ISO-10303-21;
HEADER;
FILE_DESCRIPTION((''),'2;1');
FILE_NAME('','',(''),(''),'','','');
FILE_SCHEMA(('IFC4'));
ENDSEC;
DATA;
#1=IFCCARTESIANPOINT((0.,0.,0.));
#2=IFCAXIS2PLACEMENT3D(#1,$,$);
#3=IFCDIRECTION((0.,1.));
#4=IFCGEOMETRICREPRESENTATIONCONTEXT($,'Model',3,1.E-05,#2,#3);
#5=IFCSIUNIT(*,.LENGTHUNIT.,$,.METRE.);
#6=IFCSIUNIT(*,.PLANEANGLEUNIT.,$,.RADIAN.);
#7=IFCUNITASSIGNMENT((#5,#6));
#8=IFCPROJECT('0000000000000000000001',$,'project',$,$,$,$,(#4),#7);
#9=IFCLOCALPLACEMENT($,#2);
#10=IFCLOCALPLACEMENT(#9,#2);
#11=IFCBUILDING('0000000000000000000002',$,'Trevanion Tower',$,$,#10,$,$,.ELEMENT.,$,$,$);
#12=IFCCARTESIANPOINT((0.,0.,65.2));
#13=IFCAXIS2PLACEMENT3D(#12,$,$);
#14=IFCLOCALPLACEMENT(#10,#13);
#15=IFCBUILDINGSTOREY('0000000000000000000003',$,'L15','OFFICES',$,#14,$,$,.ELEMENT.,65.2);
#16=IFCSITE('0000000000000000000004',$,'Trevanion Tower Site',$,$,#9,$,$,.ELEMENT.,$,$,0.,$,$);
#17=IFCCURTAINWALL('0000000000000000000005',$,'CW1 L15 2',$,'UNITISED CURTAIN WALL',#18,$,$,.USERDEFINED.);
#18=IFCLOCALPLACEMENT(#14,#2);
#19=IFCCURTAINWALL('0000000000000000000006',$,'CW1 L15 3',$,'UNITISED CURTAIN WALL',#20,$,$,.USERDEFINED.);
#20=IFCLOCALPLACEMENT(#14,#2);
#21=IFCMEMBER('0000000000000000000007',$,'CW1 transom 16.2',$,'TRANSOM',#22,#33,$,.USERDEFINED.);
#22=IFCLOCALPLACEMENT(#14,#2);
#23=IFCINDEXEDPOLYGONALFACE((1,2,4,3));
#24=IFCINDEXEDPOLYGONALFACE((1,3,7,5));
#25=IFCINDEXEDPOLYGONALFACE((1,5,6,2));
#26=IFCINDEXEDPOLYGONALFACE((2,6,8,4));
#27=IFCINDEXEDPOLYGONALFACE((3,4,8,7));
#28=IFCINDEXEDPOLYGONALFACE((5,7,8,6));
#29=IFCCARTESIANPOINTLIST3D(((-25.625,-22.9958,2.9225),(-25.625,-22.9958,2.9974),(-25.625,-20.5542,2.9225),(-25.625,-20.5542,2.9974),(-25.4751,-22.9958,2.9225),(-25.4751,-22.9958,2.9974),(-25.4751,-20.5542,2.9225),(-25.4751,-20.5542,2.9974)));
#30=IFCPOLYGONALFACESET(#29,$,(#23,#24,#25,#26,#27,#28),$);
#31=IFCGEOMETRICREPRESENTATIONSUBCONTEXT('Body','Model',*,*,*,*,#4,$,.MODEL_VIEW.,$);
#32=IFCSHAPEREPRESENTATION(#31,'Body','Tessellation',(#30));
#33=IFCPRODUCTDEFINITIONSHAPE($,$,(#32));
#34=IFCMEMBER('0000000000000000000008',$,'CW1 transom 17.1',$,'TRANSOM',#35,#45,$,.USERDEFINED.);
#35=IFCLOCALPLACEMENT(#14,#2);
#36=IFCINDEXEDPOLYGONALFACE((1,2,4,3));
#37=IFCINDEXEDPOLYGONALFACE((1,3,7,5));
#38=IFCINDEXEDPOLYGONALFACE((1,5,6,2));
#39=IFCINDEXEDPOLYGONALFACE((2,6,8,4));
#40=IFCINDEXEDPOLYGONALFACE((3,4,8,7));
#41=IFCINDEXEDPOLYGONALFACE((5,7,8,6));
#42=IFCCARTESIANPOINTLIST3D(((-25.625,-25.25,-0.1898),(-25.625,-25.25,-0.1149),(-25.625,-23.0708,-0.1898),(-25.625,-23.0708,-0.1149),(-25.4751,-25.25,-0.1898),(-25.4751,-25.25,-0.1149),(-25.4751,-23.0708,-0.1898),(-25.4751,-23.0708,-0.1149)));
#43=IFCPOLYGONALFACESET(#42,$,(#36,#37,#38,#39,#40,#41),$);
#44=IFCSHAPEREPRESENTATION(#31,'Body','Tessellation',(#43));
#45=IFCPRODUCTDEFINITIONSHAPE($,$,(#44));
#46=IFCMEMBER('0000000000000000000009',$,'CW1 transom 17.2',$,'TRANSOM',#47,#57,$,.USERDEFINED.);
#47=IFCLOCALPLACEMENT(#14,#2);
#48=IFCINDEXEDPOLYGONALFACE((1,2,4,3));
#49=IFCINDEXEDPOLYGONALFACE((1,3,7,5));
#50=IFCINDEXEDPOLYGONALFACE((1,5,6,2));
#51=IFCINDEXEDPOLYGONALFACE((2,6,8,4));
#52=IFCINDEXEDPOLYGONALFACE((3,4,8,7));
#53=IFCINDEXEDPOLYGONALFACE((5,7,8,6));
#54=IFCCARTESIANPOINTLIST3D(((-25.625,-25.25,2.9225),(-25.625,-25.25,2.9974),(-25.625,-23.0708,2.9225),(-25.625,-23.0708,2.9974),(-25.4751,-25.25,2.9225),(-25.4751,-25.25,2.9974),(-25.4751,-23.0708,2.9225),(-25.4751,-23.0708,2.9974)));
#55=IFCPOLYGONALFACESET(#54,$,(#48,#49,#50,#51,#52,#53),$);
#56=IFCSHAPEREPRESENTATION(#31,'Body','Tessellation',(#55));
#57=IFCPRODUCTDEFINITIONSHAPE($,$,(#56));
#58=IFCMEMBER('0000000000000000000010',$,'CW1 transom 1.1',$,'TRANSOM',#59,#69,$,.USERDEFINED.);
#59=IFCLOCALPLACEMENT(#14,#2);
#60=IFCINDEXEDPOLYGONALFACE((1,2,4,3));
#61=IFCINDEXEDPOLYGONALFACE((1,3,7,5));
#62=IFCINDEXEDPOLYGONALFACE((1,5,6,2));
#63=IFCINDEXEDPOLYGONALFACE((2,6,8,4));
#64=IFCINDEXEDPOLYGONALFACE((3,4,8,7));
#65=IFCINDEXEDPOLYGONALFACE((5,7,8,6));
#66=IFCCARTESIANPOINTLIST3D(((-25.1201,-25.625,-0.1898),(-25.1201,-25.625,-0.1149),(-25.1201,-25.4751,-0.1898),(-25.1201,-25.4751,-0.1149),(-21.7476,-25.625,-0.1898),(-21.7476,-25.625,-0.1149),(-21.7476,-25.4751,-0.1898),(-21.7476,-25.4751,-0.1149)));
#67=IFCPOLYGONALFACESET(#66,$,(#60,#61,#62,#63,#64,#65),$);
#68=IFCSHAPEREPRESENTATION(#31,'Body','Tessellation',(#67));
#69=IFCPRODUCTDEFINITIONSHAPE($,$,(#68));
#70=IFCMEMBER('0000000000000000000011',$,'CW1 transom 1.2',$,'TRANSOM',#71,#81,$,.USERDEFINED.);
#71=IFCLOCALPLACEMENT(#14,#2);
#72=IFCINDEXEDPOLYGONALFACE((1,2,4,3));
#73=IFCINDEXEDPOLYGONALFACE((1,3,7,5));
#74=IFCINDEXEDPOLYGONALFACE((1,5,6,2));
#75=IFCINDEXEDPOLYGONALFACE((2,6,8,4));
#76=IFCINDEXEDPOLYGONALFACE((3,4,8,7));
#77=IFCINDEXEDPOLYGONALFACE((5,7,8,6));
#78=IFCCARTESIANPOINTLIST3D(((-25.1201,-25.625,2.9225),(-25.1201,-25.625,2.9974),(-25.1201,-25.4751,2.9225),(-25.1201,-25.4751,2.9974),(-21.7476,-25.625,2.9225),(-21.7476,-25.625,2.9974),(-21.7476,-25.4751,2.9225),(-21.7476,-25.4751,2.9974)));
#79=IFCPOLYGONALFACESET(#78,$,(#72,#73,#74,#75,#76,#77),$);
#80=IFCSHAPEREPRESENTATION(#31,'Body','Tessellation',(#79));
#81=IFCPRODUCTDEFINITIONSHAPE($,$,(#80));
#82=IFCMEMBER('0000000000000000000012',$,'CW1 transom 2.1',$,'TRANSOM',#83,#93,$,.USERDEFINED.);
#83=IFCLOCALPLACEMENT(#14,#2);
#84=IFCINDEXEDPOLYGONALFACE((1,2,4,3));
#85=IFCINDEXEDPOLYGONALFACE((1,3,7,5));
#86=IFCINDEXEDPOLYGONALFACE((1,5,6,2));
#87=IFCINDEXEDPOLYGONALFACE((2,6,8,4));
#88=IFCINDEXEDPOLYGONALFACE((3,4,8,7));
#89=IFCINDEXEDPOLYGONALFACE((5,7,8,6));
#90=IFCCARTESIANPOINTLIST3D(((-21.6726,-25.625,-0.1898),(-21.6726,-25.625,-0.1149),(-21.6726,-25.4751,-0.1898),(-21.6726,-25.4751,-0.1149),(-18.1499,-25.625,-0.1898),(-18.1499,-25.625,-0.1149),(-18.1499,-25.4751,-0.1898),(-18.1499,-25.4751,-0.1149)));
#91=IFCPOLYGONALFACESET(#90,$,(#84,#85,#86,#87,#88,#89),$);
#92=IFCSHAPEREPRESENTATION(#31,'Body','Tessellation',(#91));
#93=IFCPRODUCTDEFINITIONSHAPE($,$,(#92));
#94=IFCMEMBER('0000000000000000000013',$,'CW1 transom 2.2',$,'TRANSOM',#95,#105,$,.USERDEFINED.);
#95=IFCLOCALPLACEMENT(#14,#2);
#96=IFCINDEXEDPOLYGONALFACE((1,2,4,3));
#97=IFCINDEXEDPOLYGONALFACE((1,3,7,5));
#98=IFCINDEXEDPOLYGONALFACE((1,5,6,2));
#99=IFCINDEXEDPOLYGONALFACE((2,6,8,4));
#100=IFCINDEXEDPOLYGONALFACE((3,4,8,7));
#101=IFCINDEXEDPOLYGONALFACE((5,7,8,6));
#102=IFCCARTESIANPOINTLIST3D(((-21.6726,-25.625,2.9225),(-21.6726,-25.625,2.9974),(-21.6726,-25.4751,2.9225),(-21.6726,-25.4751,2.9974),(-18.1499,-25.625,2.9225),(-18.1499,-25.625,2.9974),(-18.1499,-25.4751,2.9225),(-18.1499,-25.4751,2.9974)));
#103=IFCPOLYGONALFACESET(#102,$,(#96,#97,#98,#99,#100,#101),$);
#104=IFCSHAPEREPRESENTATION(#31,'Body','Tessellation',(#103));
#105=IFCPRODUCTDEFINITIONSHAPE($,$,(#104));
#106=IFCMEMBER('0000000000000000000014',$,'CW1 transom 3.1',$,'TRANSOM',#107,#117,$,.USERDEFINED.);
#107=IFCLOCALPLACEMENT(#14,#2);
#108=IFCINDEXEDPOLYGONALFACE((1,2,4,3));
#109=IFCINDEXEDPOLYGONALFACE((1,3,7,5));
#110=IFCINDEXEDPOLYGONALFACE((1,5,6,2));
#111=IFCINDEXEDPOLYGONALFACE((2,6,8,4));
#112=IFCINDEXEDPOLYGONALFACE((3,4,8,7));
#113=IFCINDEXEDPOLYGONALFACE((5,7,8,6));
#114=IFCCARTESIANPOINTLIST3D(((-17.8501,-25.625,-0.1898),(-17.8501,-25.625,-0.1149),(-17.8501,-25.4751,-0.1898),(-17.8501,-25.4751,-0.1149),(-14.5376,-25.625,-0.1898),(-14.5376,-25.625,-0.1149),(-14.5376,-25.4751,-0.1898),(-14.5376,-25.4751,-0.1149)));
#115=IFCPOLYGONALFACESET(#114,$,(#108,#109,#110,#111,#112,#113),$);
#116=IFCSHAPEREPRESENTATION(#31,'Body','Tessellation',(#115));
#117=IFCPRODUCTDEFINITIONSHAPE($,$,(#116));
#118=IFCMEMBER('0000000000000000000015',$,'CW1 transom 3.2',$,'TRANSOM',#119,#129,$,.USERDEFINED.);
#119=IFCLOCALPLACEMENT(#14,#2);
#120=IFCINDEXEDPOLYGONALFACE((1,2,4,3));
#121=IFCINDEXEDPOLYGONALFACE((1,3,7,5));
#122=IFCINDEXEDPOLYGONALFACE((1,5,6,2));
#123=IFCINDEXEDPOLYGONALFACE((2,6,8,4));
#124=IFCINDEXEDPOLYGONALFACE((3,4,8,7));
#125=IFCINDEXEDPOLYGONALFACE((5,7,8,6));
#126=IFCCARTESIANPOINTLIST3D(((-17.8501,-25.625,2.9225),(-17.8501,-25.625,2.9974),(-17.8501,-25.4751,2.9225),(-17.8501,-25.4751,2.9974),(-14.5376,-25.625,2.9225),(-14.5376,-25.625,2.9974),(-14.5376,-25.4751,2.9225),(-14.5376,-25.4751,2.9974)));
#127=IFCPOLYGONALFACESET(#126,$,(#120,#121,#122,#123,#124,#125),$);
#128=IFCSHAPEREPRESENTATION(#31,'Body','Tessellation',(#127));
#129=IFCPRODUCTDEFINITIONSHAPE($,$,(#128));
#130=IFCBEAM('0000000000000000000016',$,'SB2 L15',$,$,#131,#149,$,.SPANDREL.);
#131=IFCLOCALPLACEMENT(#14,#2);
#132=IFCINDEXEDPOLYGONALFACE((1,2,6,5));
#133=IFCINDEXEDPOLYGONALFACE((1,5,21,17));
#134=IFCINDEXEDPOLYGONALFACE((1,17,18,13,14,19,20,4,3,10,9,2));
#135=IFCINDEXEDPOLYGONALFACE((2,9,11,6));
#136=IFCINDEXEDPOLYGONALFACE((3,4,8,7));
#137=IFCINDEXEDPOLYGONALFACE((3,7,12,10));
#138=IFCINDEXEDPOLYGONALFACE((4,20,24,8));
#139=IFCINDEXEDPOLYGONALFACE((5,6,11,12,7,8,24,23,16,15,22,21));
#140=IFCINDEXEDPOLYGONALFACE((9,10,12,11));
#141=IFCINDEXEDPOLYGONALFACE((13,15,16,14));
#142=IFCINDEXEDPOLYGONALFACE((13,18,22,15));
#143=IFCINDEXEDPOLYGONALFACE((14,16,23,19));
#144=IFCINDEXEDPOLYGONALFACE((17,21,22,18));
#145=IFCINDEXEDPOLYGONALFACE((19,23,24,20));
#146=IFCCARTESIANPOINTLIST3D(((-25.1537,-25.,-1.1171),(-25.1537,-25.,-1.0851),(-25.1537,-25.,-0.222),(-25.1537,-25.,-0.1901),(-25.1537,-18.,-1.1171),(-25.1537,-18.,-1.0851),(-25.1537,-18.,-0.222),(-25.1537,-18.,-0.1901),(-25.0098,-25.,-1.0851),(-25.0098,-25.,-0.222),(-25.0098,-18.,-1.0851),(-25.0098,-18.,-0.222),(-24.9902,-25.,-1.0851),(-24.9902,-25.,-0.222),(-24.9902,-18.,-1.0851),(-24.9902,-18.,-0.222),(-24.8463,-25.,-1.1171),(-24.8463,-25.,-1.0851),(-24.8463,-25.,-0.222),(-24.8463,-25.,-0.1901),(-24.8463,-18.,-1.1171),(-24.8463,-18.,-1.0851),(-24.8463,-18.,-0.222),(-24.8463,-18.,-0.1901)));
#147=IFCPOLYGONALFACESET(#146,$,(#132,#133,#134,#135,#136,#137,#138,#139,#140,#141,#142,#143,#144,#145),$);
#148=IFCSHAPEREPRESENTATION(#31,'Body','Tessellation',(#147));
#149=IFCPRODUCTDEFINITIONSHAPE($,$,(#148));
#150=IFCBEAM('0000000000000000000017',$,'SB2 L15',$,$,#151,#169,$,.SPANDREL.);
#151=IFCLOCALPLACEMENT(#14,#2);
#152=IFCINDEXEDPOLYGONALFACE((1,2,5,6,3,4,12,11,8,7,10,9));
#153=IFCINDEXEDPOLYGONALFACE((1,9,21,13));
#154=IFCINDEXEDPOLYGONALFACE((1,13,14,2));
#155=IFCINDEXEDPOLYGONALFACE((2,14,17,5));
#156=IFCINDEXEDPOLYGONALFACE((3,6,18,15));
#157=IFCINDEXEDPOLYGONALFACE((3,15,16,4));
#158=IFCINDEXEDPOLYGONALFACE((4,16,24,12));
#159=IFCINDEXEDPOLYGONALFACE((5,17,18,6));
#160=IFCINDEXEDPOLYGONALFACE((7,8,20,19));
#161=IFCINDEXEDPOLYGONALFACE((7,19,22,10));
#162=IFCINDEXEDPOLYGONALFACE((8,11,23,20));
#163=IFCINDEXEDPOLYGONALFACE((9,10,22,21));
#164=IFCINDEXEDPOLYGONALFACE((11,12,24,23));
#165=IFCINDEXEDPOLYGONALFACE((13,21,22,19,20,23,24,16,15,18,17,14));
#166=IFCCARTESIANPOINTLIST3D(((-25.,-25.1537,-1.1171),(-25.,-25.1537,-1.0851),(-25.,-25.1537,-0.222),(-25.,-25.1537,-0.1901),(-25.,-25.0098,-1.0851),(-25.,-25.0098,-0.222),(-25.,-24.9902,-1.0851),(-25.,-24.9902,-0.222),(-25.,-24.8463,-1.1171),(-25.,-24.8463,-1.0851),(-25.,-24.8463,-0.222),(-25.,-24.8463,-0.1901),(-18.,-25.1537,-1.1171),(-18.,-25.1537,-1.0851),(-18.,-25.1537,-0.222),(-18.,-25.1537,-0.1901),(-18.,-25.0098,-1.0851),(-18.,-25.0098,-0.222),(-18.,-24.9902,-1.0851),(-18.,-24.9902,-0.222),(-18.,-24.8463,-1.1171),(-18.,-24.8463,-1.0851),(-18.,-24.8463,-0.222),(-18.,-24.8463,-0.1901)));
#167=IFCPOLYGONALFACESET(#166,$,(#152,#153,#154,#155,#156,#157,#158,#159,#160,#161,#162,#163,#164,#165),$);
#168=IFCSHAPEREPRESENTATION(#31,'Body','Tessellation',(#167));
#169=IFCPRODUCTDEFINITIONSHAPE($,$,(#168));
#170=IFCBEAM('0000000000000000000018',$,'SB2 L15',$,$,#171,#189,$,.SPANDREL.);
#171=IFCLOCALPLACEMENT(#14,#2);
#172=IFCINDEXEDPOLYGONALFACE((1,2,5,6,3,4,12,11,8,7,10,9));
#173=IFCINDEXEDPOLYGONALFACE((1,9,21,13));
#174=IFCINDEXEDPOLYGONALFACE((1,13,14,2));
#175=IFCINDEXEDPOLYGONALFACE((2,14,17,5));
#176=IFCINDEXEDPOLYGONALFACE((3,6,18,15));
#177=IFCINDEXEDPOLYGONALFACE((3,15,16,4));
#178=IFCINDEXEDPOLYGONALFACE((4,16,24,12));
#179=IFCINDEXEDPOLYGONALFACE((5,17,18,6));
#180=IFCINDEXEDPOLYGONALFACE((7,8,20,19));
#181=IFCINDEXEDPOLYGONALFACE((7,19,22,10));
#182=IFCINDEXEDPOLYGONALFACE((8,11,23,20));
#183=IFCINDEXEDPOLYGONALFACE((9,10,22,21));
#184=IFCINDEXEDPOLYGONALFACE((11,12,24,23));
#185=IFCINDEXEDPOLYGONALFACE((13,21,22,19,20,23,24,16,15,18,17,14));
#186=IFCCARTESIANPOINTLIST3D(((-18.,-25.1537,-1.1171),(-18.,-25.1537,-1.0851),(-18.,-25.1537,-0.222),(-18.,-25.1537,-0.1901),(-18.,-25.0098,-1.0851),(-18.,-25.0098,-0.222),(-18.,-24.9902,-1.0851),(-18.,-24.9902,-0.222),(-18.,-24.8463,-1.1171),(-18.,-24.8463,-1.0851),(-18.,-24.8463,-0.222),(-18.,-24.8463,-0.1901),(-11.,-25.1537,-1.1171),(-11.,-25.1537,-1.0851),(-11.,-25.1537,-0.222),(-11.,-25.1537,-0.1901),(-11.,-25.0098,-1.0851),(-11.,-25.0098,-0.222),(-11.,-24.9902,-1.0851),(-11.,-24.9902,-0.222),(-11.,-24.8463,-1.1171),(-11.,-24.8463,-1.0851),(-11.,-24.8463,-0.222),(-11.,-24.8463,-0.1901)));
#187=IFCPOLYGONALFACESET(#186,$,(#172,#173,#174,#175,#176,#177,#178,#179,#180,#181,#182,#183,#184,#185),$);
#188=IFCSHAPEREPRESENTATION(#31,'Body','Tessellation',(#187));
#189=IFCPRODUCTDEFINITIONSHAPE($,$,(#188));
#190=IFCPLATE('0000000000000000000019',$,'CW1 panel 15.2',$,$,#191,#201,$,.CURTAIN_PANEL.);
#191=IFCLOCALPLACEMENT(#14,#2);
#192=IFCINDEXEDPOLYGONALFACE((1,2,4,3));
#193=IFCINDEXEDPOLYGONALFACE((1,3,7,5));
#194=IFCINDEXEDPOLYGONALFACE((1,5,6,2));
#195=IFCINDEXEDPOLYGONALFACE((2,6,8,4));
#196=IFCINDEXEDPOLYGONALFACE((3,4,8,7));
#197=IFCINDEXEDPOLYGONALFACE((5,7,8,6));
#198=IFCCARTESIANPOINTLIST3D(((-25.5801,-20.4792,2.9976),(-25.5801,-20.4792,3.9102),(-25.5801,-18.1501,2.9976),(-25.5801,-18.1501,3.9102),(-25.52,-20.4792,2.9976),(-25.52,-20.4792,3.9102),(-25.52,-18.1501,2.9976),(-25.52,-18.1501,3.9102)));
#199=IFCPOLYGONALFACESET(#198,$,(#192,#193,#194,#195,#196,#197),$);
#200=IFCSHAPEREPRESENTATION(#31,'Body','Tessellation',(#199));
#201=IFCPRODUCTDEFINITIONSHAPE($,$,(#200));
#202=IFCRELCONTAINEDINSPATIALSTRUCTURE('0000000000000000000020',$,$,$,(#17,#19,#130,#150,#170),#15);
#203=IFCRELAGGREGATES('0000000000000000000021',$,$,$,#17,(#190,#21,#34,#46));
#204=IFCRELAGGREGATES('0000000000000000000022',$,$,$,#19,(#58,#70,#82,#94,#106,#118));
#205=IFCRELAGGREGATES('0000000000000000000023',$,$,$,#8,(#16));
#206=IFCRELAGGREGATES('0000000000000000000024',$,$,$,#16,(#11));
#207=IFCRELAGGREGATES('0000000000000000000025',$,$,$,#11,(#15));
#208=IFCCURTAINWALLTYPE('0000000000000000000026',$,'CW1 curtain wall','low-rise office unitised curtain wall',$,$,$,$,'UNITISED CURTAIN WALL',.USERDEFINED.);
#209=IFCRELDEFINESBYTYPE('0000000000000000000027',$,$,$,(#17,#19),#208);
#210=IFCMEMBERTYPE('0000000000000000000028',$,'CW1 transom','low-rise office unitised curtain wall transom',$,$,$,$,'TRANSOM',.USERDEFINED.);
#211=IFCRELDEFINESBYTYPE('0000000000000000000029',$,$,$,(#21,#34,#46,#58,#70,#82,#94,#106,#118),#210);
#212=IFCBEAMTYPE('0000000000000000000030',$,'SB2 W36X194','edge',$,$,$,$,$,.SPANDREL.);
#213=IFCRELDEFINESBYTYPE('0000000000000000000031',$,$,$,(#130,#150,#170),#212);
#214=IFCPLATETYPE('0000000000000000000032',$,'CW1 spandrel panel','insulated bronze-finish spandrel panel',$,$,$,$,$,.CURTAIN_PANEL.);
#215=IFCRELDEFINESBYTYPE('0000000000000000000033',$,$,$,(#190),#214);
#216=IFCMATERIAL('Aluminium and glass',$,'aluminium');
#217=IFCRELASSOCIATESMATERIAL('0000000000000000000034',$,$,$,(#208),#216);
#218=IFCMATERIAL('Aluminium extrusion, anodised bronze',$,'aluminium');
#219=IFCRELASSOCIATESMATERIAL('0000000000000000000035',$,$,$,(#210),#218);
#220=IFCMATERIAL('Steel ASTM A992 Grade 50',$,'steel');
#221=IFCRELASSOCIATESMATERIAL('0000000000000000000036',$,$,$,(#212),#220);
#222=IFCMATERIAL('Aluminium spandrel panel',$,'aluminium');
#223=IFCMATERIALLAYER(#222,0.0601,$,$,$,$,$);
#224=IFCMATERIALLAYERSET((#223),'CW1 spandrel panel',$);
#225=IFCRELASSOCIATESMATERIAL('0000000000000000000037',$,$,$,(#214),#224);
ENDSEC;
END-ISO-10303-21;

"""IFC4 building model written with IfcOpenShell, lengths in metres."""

from ifc_helpers import new_model, si_unit, direction, frame, origin, origin_2d, place, context, subcontext, project, spatial, rectangle, i_section, extrude, material, layer, layer_set, material_profile, profile_set, type_object, element, aggregate, save


model = new_model("IFC4")

# Units and contexts
model_context = context("Model", 3, precision=1e-05, world=origin(), true_north=direction((0.0, 1.0)))
body_context = subcontext(model_context, "Body", "Model", "MODEL_VIEW")
ifc_project = project(units=[si_unit("LENGTHUNIT", "METRE"), si_unit("PLANEANGLEUNIT", "RADIAN")], contexts=[model_context])

# Site, building, storey
site_placement = place(None, origin())
site = spatial("IfcSite", under=ifc_project, at=site_placement, Name="Trevanion Tower Site", CompositionType="ELEMENT", RefElevation=0.0)
building_placement = place(site_placement, origin())
building = spatial("IfcBuilding", under=site, at=building_placement, Name="Trevanion Tower", CompositionType="ELEMENT")
storey_placement = place(building_placement, frame((0.0, 0.0, 65.2)))
storey = spatial("IfcBuildingStorey", under=building, at=storey_placement, Name="L15", Description="OFFICES", CompositionType="ELEMENT", Elevation=65.2)

# Curtain wall
ifc_material_1 = material(Name="Aluminium and glass", Category="aluminium")
curtain_wall_type = type_object("IfcCurtainWallType", Name="CW1 curtain wall", Description="low-rise office unitised curtain wall", ElementType="UNITISED CURTAIN WALL", PredefinedType="USERDEFINED", material=ifc_material_1)
curtain_wall_1_placement = place(storey_placement, origin())
curtain_wall_1 = element("IfcCurtainWall", 1, at=curtain_wall_1_placement, inside=storey, type_object=curtain_wall_type, Name="CW1 L15 2", ObjectType="UNITISED CURTAIN WALL", PredefinedType="USERDEFINED")

# Curtain wall
curtain_wall_2_placement = place(storey_placement, origin())
curtain_wall_2 = element("IfcCurtainWall", 2, at=curtain_wall_2_placement, inside=storey, type_object=curtain_wall_type, Name="CW1 L15 3", ObjectType="UNITISED CURTAIN WALL", PredefinedType="USERDEFINED")

# Members
ifc_material_2 = material(Name="Aluminium extrusion, anodised bronze", Category="aluminium")
ifc_material_profile_1 = material_profile(ifc_material_2, rectangle(XDim=0.1499, YDim=0.075, at=origin_2d()), Name="CW1 transom")
ifc_profile_set_1 = profile_set([ifc_material_profile_1], Name="Aluminium extrusion, anodised bronze")
member_type_1 = type_object("IfcMemberType", Name="CW1 transom", Description="low-rise office unitised curtain wall transom", ElementType="TRANSOM", PredefinedType="USERDEFINED", material=ifc_profile_set_1)
member_1_placement = place(storey_placement, frame((-25.55, -20.5542, 2.96), z_axis=(0.0, -1.0, 0.0), x_axis=(1.0, 0.0, 0.0)))
member_1 = element("IfcMember", 3, at=member_1_placement, type_object=member_type_1, Name="CW1 transom 16.2", ObjectType="TRANSOM", PredefinedType="USERDEFINED", context=body_context, shape_type="SweptSolid", body=[
    extrude(rectangle(XDim=0.1499, YDim=0.075, at=origin_2d()), origin(), (0.0, 0.0, 1.0), 2.4417),
])
member_2_placement = place(storey_placement, frame((-25.55, -23.0708, -0.1523), z_axis=(0.0, -1.0, 0.0), x_axis=(1.0, 0.0, 0.0)))
member_2 = element("IfcMember", 4, at=member_2_placement, type_object=member_type_1, Name="CW1 transom 17.1", ObjectType="TRANSOM", PredefinedType="USERDEFINED", context=body_context, shape_type="SweptSolid", body=[
    extrude(rectangle(XDim=0.1499, YDim=0.075, at=origin_2d()), origin(), (0.0, 0.0, 1.0), 2.1792),
])
member_3_placement = place(storey_placement, frame((-25.55, -23.0708, 2.96), z_axis=(0.0, -1.0, 0.0), x_axis=(1.0, 0.0, 0.0)))
member_3 = element("IfcMember", 5, at=member_3_placement, type_object=member_type_1, Name="CW1 transom 17.2", ObjectType="TRANSOM", PredefinedType="USERDEFINED", context=body_context, shape_type="SweptSolid", body=[
    extrude(rectangle(XDim=0.1499, YDim=0.075, at=origin_2d()), origin(), (0.0, 0.0, 1.0), 2.1792),
])
member_4_placement = place(storey_placement, frame((-25.1201, -25.55, -0.1523), z_axis=(1.0, 0.0, 0.0), x_axis=(0.0, 1.0, 0.0)))
member_4 = element("IfcMember", 6, at=member_4_placement, type_object=member_type_1, Name="CW1 transom 1.1", ObjectType="TRANSOM", PredefinedType="USERDEFINED", context=body_context, shape_type="SweptSolid", body=[
    extrude(rectangle(XDim=0.1499, YDim=0.075, at=origin_2d()), origin(), (0.0, 0.0, 1.0), 3.3726),
])
member_5_placement = place(storey_placement, frame((-25.1201, -25.55, 2.96), z_axis=(1.0, 0.0, 0.0), x_axis=(0.0, 1.0, 0.0)))
member_5 = element("IfcMember", 7, at=member_5_placement, type_object=member_type_1, Name="CW1 transom 1.2", ObjectType="TRANSOM", PredefinedType="USERDEFINED", context=body_context, shape_type="SweptSolid", body=[
    extrude(rectangle(XDim=0.1499, YDim=0.075, at=origin_2d()), origin(), (0.0, 0.0, 1.0), 3.3726),
])
member_6_placement = place(storey_placement, frame((-21.6726, -25.55, -0.1523), z_axis=(1.0, 0.0, 0.0), x_axis=(0.0, 1.0, 0.0)))
member_6 = element("IfcMember", 8, at=member_6_placement, type_object=member_type_1, Name="CW1 transom 2.1", ObjectType="TRANSOM", PredefinedType="USERDEFINED", context=body_context, shape_type="SweptSolid", body=[
    extrude(rectangle(XDim=0.1499, YDim=0.075, at=origin_2d()), origin(), (0.0, 0.0, 1.0), 3.5227),
])
member_7_placement = place(storey_placement, frame((-21.6726, -25.55, 2.96), z_axis=(1.0, 0.0, 0.0), x_axis=(0.0, 1.0, 0.0)))
member_7 = element("IfcMember", 9, at=member_7_placement, type_object=member_type_1, Name="CW1 transom 2.2", ObjectType="TRANSOM", PredefinedType="USERDEFINED", context=body_context, shape_type="SweptSolid", body=[
    extrude(rectangle(XDim=0.1499, YDim=0.075, at=origin_2d()), origin(), (0.0, 0.0, 1.0), 3.5227),
])
member_8_placement = place(storey_placement, frame((-17.8501, -25.55, -0.1523), z_axis=(1.0, 0.0, 0.0), x_axis=(0.0, 1.0, 0.0)))
member_8 = element("IfcMember", 10, at=member_8_placement, type_object=member_type_1, Name="CW1 transom 3.1", ObjectType="TRANSOM", PredefinedType="USERDEFINED", context=body_context, shape_type="SweptSolid", body=[
    extrude(rectangle(XDim=0.1499, YDim=0.075, at=origin_2d()), origin(), (0.0, 0.0, 1.0), 3.3125),
])
member_9_placement = place(storey_placement, frame((-17.8501, -25.55, 2.96), z_axis=(1.0, 0.0, 0.0), x_axis=(0.0, 1.0, 0.0)))
member_9 = element("IfcMember", 11, at=member_9_placement, type_object=member_type_1, Name="CW1 transom 3.2", ObjectType="TRANSOM", PredefinedType="USERDEFINED", context=body_context, shape_type="SweptSolid", body=[
    extrude(rectangle(XDim=0.1499, YDim=0.075, at=origin_2d()), origin(), (0.0, 0.0, 1.0), 3.3125),
])

# Beams
ifc_material_3 = material(Name="Steel ASTM A992 Grade 50", Category="steel")
ifc_material_profile_2 = material_profile(ifc_material_3, i_section(OverallWidth=0.3074, OverallDepth=0.927, WebThickness=0.0195, FlangeThickness=0.032, at=origin_2d()), Name="W36X194")
ifc_profile_set_2 = profile_set([ifc_material_profile_2], Name="Steel ASTM A992 Grade 50")
beam_type = type_object("IfcBeamType", Name="SB2 W36X194", Description="edge", PredefinedType="SPANDREL", material=ifc_profile_set_2)
for number, where, z_axis, x_axis, name in (
    (12, (-25.0, -18.0, -0.6536), (0.0, -1.0, 0.0), (1.0, 0.0, 0.0), "SB2 L15"),
    (13, (-25.0, -25.0, -0.6536), (1.0, 0.0, 0.0), (0.0, 1.0, 0.0), "SB2 L15"),
    (14, (-18.0, -25.0, -0.6536), (1.0, 0.0, 0.0), (0.0, 1.0, 0.0), "SB2 L15"),
):
    element("IfcBeam", number, at=place(storey_placement, frame(where, z_axis=z_axis, x_axis=x_axis)), inside=storey, type_object=beam_type, Name=name, PredefinedType="SPANDREL", context=body_context, shape_type="SweptSolid", body=[
        extrude(i_section(OverallWidth=0.3074, OverallDepth=0.927, WebThickness=0.0195, FlangeThickness=0.032, at=origin_2d()), origin(), (0.0, 0.0, 1.0), 7.0),
    ])

# Plate
ifc_material_4 = material(Name="Aluminium spandrel panel", Category="aluminium")
ifc_layer_1 = layer(ifc_material_4, 0.0601)
ifc_layer_set_1 = layer_set([ifc_layer_1], Name="CW1 spandrel panel")
plate_type_1 = type_object("IfcPlateType", Name="CW1 spandrel panel", Description="insulated bronze-finish spandrel panel", PredefinedType="CURTAIN_PANEL", material=ifc_layer_set_1)
plate_1_placement = place(storey_placement, frame((-25.55, -19.3147, 2.9976), z_axis=(0.0, 0.0, 1.0), x_axis=(0.0, -1.0, 0.0)))
plate_1 = element("IfcPlate", 15, at=plate_1_placement, type_object=plate_type_1, Name="CW1 panel 15.2", PredefinedType="CURTAIN_PANEL", context=body_context, shape_type="SweptSolid", body=[
    extrude(rectangle(XDim=2.3291, YDim=0.0601, at=origin_2d()), origin(), (0.0, 0.0, 1.0), 0.9126),
])
aggregate(curtain_wall_1, [plate_1, member_1, member_2, member_3])
aggregate(curtain_wall_2, [member_4, member_5, member_6, member_7, member_8, member_9])

save(model, "model.ifc")
